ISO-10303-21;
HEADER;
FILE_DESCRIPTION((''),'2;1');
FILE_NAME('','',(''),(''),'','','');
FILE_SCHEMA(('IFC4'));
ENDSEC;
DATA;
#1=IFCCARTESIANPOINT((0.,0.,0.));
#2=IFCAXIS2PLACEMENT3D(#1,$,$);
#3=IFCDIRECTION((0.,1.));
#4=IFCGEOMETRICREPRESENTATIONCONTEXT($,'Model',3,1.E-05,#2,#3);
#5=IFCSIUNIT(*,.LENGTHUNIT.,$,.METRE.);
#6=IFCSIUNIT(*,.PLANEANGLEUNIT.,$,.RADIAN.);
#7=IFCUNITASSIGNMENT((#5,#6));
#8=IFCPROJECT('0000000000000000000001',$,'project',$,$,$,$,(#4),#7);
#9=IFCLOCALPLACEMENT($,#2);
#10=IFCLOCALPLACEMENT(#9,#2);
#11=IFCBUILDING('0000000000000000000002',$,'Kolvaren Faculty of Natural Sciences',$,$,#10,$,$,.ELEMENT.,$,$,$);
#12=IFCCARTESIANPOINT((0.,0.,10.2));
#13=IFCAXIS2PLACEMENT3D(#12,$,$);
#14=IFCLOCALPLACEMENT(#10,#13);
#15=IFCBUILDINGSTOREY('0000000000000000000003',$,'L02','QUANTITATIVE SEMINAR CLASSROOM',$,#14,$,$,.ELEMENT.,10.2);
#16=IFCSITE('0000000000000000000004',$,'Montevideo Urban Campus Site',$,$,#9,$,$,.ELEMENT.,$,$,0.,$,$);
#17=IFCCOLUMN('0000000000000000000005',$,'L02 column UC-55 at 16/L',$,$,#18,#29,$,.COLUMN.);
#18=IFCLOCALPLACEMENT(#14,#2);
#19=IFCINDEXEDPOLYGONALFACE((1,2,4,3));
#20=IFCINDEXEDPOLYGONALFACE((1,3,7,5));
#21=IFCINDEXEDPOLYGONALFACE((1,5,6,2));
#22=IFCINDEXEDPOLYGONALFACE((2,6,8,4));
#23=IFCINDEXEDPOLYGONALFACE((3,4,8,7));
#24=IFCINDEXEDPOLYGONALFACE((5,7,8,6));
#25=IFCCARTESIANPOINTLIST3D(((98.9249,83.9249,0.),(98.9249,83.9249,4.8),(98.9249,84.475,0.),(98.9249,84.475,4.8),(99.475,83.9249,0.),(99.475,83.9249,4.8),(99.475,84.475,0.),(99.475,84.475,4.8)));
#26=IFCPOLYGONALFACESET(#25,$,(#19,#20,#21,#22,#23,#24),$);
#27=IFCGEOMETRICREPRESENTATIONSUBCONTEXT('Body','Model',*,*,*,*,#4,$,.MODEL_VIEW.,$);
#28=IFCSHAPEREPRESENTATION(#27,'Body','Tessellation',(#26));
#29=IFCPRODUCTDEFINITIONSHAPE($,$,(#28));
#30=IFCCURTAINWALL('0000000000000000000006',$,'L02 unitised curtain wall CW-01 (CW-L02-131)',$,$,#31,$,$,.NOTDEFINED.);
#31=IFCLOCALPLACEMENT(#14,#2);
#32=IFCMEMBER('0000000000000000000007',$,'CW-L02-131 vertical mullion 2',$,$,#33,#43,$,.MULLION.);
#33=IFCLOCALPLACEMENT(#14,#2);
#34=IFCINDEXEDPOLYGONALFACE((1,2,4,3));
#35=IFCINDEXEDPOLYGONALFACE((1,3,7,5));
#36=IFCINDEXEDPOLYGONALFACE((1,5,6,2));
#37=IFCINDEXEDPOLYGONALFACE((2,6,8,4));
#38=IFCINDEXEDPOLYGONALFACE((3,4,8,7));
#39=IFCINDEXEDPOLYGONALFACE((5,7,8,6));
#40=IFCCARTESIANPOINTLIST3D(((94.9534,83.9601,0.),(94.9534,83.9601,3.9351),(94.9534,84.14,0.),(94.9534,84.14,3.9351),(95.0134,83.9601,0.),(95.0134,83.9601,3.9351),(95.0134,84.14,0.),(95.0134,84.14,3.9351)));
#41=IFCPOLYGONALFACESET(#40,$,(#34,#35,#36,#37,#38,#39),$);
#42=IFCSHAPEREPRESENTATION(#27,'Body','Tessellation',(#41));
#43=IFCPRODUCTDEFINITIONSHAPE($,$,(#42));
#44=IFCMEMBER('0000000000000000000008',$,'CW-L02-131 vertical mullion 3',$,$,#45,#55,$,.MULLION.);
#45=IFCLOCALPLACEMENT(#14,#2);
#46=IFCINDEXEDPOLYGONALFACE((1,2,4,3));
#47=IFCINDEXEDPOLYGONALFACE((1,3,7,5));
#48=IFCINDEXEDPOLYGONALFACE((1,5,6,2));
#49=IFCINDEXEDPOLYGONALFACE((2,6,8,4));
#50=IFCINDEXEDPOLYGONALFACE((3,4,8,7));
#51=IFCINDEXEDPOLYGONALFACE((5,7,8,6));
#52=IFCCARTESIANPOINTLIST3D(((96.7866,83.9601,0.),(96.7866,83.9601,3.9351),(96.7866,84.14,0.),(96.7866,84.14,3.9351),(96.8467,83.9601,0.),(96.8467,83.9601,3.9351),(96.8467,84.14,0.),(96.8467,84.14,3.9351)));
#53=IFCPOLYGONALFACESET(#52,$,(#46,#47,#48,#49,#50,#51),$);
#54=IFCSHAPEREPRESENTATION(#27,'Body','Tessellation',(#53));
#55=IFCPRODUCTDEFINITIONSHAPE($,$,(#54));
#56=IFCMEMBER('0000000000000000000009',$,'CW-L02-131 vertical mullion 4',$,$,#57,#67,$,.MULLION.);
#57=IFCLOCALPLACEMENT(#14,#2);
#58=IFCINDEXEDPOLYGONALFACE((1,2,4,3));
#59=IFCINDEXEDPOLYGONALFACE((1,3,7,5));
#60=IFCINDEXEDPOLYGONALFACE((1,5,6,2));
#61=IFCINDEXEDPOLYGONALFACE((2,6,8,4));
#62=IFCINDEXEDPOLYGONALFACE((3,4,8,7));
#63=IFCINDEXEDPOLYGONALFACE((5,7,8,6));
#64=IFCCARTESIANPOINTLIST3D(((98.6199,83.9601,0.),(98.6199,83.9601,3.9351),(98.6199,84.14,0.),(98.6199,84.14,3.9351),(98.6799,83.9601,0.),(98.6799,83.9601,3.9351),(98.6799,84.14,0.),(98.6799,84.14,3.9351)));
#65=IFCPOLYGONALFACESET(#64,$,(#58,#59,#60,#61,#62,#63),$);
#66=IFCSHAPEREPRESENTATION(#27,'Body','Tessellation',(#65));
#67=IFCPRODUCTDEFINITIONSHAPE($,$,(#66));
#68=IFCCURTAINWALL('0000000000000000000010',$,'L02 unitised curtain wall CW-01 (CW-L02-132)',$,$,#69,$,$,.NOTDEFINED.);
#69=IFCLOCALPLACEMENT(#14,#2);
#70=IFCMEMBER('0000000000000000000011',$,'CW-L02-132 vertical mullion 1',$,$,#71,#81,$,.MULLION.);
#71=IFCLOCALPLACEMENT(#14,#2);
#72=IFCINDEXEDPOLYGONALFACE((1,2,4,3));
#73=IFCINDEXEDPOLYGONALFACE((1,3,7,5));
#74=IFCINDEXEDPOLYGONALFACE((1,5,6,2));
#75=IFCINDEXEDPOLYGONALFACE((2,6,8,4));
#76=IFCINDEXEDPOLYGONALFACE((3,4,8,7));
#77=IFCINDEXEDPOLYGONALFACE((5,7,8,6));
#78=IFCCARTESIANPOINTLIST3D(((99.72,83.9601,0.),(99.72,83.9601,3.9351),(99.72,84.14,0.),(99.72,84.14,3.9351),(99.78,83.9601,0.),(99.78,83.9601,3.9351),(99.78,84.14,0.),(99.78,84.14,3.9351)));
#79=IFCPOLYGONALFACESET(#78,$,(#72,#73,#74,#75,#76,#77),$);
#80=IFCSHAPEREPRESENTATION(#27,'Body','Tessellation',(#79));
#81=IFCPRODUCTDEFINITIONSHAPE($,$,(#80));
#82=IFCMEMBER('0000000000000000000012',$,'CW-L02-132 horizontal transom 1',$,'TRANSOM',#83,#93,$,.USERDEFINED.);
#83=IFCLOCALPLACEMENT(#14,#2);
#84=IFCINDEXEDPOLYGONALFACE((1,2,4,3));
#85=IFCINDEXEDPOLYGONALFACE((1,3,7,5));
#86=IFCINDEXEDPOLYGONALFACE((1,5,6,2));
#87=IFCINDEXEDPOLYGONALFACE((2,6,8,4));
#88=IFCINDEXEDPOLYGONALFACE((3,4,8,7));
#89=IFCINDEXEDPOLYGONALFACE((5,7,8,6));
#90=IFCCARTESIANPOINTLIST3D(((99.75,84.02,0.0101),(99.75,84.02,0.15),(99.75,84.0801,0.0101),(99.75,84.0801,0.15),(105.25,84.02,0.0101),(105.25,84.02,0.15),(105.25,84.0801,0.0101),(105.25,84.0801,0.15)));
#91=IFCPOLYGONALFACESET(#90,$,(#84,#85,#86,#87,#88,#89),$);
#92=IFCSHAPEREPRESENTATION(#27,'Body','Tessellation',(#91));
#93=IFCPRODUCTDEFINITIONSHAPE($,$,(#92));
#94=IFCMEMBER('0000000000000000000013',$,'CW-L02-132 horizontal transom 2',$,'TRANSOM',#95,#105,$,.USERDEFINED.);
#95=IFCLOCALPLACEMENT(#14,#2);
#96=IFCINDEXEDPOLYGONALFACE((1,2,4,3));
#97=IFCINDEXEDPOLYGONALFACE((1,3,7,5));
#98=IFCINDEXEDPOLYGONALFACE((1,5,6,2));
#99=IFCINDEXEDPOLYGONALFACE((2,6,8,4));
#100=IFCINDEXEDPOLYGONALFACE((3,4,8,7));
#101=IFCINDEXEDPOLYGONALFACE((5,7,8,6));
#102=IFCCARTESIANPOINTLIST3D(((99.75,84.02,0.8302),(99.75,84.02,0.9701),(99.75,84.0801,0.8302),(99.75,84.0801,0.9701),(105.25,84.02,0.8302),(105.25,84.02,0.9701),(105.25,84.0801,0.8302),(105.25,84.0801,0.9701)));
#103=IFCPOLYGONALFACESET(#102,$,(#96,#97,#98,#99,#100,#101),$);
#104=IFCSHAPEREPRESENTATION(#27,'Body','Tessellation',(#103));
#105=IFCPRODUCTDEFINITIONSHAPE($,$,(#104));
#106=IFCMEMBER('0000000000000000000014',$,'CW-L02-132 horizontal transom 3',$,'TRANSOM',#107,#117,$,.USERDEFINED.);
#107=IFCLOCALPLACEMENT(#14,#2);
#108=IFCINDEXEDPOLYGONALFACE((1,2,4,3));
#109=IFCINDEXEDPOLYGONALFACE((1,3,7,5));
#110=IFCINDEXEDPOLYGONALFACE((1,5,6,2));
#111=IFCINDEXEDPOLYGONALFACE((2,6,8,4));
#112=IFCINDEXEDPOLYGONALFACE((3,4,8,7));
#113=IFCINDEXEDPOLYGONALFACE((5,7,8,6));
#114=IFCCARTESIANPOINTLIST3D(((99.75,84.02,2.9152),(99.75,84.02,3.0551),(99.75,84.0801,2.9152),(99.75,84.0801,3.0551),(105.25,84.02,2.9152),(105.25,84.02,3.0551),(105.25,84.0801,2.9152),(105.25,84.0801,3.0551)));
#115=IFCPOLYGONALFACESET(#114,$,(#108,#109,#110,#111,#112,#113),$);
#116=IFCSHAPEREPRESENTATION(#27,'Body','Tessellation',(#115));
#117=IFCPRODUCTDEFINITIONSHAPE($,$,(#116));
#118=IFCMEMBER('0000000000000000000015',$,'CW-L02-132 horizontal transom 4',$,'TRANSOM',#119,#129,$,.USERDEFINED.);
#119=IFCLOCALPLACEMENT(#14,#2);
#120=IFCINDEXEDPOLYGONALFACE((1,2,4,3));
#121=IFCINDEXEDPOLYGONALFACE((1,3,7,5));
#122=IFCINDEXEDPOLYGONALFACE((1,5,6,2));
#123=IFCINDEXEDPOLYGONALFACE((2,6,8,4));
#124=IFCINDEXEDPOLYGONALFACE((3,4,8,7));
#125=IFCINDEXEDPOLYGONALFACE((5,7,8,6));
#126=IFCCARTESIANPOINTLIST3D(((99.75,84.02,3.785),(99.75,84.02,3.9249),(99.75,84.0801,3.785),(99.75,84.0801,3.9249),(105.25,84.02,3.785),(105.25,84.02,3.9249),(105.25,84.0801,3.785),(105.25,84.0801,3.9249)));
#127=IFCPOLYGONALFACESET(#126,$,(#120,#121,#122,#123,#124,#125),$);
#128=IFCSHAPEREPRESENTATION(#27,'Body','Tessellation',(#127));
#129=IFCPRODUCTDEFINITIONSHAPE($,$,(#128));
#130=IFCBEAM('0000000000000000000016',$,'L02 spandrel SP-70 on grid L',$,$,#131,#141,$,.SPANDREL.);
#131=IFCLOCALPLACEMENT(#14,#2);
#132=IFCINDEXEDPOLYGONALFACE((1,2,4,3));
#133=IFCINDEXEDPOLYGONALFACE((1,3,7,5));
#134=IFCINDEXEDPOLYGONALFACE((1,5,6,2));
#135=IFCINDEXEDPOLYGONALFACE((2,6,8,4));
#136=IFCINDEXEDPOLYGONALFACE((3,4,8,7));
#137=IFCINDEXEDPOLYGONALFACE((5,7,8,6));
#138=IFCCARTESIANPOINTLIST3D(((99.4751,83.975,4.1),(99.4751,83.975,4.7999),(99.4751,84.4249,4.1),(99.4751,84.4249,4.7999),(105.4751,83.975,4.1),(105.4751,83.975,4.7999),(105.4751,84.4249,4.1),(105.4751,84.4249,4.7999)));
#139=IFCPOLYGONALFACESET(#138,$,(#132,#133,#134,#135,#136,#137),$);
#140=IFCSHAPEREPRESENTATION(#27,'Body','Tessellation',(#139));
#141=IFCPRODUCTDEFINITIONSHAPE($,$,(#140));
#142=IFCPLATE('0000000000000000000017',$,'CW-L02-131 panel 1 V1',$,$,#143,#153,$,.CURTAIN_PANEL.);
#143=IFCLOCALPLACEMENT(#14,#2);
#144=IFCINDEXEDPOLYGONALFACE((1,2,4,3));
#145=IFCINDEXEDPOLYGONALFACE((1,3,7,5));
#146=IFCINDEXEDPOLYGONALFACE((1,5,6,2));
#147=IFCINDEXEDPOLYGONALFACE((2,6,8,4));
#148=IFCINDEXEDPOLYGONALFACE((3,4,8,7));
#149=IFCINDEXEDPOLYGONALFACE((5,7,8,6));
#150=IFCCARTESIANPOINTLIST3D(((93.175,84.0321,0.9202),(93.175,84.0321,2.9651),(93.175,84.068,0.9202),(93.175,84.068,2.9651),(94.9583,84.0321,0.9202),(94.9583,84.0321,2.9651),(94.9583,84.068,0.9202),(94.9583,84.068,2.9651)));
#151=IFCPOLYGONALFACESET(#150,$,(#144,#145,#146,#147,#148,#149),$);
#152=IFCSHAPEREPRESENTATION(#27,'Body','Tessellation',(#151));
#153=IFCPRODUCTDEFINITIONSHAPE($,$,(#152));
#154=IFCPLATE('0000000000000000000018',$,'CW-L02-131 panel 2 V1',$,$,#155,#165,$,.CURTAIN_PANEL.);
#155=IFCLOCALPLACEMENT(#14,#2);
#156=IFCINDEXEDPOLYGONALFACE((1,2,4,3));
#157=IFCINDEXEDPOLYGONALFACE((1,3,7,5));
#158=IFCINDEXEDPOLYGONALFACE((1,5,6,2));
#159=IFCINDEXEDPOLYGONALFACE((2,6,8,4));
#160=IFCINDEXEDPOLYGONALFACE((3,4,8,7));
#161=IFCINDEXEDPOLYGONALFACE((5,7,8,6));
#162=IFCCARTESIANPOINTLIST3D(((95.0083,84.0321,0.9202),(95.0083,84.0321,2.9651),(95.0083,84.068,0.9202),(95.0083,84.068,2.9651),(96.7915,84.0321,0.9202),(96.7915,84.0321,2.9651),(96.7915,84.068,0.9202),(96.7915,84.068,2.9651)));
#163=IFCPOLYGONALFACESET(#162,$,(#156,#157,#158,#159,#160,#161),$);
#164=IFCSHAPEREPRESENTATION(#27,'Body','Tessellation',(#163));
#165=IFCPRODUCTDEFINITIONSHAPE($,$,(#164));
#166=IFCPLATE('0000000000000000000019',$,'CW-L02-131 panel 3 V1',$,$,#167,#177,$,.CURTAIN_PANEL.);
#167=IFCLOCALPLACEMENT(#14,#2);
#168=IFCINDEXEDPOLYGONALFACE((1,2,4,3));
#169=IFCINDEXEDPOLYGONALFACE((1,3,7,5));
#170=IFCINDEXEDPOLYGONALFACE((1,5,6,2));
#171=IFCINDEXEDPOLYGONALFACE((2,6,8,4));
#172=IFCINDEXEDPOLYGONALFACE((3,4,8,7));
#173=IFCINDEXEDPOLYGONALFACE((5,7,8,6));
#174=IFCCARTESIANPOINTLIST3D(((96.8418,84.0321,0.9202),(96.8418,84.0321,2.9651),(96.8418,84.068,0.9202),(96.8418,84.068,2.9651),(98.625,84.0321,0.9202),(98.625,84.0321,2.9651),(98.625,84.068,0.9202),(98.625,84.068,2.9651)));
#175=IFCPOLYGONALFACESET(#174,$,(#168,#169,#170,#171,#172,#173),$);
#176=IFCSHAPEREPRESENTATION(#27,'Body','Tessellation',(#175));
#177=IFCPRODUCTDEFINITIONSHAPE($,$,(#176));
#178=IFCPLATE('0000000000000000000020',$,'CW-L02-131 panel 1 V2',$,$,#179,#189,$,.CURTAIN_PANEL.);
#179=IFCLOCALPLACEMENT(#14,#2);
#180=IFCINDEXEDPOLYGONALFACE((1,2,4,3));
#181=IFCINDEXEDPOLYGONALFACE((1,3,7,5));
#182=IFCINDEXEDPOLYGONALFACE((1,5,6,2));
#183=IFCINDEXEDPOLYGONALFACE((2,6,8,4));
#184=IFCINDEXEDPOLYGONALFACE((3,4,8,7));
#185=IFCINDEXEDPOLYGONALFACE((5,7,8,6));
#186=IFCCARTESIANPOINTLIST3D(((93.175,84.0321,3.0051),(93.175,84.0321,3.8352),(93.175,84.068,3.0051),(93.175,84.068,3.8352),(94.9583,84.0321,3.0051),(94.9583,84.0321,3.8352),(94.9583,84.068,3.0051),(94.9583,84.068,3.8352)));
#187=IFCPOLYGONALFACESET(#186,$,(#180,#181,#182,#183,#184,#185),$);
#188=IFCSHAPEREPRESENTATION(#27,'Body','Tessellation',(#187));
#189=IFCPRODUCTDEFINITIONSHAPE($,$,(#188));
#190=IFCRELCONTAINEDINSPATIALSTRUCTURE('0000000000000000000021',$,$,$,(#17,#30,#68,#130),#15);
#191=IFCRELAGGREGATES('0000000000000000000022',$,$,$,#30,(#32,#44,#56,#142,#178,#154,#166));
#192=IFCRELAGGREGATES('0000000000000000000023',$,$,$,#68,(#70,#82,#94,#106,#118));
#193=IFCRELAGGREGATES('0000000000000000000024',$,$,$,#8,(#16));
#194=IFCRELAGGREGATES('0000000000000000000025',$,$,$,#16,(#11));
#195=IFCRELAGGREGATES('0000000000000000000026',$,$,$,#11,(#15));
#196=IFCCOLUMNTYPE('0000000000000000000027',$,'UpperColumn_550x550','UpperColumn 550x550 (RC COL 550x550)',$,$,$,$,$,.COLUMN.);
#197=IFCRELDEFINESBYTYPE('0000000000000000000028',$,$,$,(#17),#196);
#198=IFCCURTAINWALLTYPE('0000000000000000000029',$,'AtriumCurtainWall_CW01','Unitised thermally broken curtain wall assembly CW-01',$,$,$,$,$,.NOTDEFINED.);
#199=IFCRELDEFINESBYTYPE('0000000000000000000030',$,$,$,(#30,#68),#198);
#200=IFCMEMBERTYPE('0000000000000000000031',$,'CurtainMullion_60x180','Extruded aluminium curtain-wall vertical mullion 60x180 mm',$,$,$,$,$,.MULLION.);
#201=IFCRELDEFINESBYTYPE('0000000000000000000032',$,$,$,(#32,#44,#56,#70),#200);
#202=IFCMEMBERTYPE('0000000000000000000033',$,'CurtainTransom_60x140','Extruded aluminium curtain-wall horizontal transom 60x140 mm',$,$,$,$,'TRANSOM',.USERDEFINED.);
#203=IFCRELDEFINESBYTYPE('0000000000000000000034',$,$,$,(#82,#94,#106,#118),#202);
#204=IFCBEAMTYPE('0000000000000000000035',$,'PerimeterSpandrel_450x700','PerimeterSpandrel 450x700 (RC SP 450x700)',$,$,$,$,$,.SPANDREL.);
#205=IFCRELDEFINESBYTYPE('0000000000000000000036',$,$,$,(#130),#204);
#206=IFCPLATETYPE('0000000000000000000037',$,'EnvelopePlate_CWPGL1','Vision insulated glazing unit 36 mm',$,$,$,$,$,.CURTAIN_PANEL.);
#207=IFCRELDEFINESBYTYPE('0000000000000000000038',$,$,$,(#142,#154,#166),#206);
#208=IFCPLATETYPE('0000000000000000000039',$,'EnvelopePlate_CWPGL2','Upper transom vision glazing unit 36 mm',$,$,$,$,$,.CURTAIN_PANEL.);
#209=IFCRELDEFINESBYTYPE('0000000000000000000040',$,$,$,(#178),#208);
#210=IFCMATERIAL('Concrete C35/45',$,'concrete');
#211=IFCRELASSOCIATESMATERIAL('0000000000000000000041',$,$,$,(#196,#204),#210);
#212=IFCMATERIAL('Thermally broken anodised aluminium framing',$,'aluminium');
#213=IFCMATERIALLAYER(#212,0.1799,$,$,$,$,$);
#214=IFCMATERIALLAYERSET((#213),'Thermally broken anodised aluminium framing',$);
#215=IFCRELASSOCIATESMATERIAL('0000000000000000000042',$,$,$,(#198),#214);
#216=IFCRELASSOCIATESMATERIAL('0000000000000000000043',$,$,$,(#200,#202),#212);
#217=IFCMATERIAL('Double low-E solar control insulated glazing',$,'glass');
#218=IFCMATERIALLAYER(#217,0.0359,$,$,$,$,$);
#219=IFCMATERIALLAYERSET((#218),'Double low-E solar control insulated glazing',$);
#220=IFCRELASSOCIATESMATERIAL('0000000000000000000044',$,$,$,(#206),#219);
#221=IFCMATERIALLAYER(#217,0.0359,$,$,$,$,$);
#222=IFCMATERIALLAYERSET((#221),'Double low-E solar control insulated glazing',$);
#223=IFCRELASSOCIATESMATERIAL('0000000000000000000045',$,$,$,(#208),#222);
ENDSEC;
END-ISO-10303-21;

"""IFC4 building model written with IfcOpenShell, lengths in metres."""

from ifc_helpers import new_model, si_unit, direction, frame, origin, origin_2d, place, context, subcontext, project, spatial, rectangle, extrude, material, layer, layer_set, material_profile, profile_set, type_object, element, aggregate, save


model = new_model("IFC4")

# Units and contexts
model_context = context("Model", 3, precision=1e-05, world=origin(), true_north=direction((0.0, 1.0)))
body_context = subcontext(model_context, "Body", "Model", "MODEL_VIEW")
ifc_project = project(units=[si_unit("LENGTHUNIT", "METRE"), si_unit("PLANEANGLEUNIT", "RADIAN")], contexts=[model_context])

# Site, building, storey
site_placement = place(None, origin())
site = spatial("IfcSite", under=ifc_project, at=site_placement, Name="Montevideo Urban Campus Site", CompositionType="ELEMENT", RefElevation=0.0)
building_placement = place(site_placement, origin())
building = spatial("IfcBuilding", under=site, at=building_placement, Name="Kolvaren Faculty of Natural Sciences", CompositionType="ELEMENT")
storey_placement = place(building_placement, frame((0.0, 0.0, 10.2)))
storey = spatial("IfcBuildingStorey", under=building, at=storey_placement, Name="L02", Description="QUANTITATIVE SEMINAR CLASSROOM", CompositionType="ELEMENT", Elevation=10.2)

# Column
ifc_material_1 = material(Name="Concrete C35/45", Category="concrete")
ifc_material_profile_1 = material_profile(ifc_material_1, rectangle(XDim=0.55, YDim=0.55, at=origin_2d()), Name="RC COL 550x550")
ifc_profile_set_1 = profile_set([ifc_material_profile_1], Name="Concrete C35/45")
column_type = type_object("IfcColumnType", Name="UpperColumn_550x550", Description="UpperColumn 550x550 (RC COL 550x550)", PredefinedType="COLUMN", material=ifc_profile_set_1)
column_placement = place(storey_placement, frame((99.2, 84.2, 0.0), z_axis=(0.0, 0.0, 1.0), x_axis=(1.0, 0.0, 0.0)))
element("IfcColumn", 1, at=column_placement, inside=storey, type_object=column_type, Name="L02 column UC-55 at 16/L", PredefinedType="COLUMN", context=body_context, shape_type="SweptSolid", body=[
    extrude(rectangle(XDim=0.55, YDim=0.55, at=origin_2d()), origin(), (0.0, 0.0, 1.0), 4.8),
])

# Curtain walls, members
ifc_material_2 = material(Name="Thermally broken anodised aluminium framing", Category="aluminium")
ifc_layer_1 = layer(ifc_material_2, 0.1799)
ifc_layer_set_1 = layer_set([ifc_layer_1], Name="Thermally broken anodised aluminium framing")
curtain_wall_type = type_object("IfcCurtainWallType", Name="AtriumCurtainWall_CW01", Description="Unitised thermally broken curtain wall assembly CW-01", PredefinedType="NOTDEFINED", material=ifc_layer_set_1)
curtain_wall_1_placement = place(storey_placement, origin())
curtain_wall_1 = element("IfcCurtainWall", 2, at=curtain_wall_1_placement, inside=storey, type_object=curtain_wall_type, Name="L02 unitised curtain wall CW-01 (CW-L02-131)", PredefinedType="NOTDEFINED")
ifc_material_profile_2 = material_profile(ifc_material_2, rectangle(XDim=0.0601, YDim=0.1799, at=origin_2d()), Name="ALU MUL 60x180")
ifc_profile_set_2 = profile_set([ifc_material_profile_2], Name="Thermally broken anodised aluminium framing")
member_type_1 = type_object("IfcMemberType", Name="CurtainMullion_60x180", Description="Extruded aluminium curtain-wall vertical mullion 60x180 mm", PredefinedType="MULLION", material=ifc_profile_set_2)
member_1_placement = place(storey_placement, frame((94.9834, 84.05, 0.0), z_axis=(0.0, 0.0, 1.0), x_axis=(1.0, 0.0, 0.0)))
member_1 = element("IfcMember", 3, at=member_1_placement, type_object=member_type_1, Name="CW-L02-131 vertical mullion 2", PredefinedType="MULLION", context=body_context, shape_type="SweptSolid", body=[
    extrude(rectangle(XDim=0.0601, YDim=0.1799, at=origin_2d()), origin(), (0.0, 0.0, 1.0), 3.9351),
])
member_2_placement = place(storey_placement, frame((96.8167, 84.05, 0.0), z_axis=(0.0, 0.0, 1.0), x_axis=(1.0, 0.0, 0.0)))
member_2 = element("IfcMember", 4, at=member_2_placement, type_object=member_type_1, Name="CW-L02-131 vertical mullion 3", PredefinedType="MULLION", context=body_context, shape_type="SweptSolid", body=[
    extrude(rectangle(XDim=0.0601, YDim=0.1799, at=origin_2d()), origin(), (0.0, 0.0, 1.0), 3.9351),
])
member_3_placement = place(storey_placement, frame((98.6499, 84.05, 0.0), z_axis=(0.0, 0.0, 1.0), x_axis=(1.0, 0.0, 0.0)))
member_3 = element("IfcMember", 5, at=member_3_placement, type_object=member_type_1, Name="CW-L02-131 vertical mullion 4", PredefinedType="MULLION", context=body_context, shape_type="SweptSolid", body=[
    extrude(rectangle(XDim=0.0601, YDim=0.1799, at=origin_2d()), origin(), (0.0, 0.0, 1.0), 3.9351),
])
curtain_wall_2_placement = place(storey_placement, origin())
curtain_wall_2 = element("IfcCurtainWall", 6, at=curtain_wall_2_placement, inside=storey, type_object=curtain_wall_type, Name="L02 unitised curtain wall CW-01 (CW-L02-132)", PredefinedType="NOTDEFINED")
member_4_placement = place(storey_placement, frame((99.75, 84.05, 0.0), z_axis=(0.0, 0.0, 1.0), x_axis=(1.0, 0.0, 0.0)))
member_4 = element("IfcMember", 7, at=member_4_placement, type_object=member_type_1, Name="CW-L02-132 vertical mullion 1", PredefinedType="MULLION", context=body_context, shape_type="SweptSolid", body=[
    extrude(rectangle(XDim=0.0601, YDim=0.1799, at=origin_2d()), origin(), (0.0, 0.0, 1.0), 3.9351),
])
ifc_material_profile_3 = material_profile(ifc_material_2, rectangle(XDim=0.0601, YDim=0.1399, at=origin_2d()), Name="ALU TRN 60x140")
ifc_profile_set_3 = profile_set([ifc_material_profile_3], Name="Thermally broken anodised aluminium framing")
member_type_2 = type_object("IfcMemberType", Name="CurtainTransom_60x140", Description="Extruded aluminium curtain-wall horizontal transom 60x140 mm", ElementType="TRANSOM", PredefinedType="USERDEFINED", material=ifc_profile_set_3)
member_5_placement = place(storey_placement, frame((99.75, 84.05, 0.0801), z_axis=(1.0, 0.0, 0.0), x_axis=(0.0, 1.0, 0.0)))
member_5 = element("IfcMember", 8, at=member_5_placement, type_object=member_type_2, Name="CW-L02-132 horizontal transom 1", ObjectType="TRANSOM", PredefinedType="USERDEFINED", context=body_context, shape_type="SweptSolid", body=[
    extrude(rectangle(XDim=0.0601, YDim=0.1399, at=origin_2d()), origin(), (0.0, 0.0, 1.0), 5.5),
])
member_6_placement = place(storey_placement, frame((99.75, 84.05, 0.9001), z_axis=(1.0, 0.0, 0.0), x_axis=(0.0, 1.0, 0.0)))
member_6 = element("IfcMember", 9, at=member_6_placement, type_object=member_type_2, Name="CW-L02-132 horizontal transom 2", ObjectType="TRANSOM", PredefinedType="USERDEFINED", context=body_context, shape_type="SweptSolid", body=[
    extrude(rectangle(XDim=0.0601, YDim=0.1399, at=origin_2d()), origin(), (0.0, 0.0, 1.0), 5.5),
])
member_7_placement = place(storey_placement, frame((99.75, 84.05, 2.9851), z_axis=(1.0, 0.0, 0.0), x_axis=(0.0, 1.0, 0.0)))
member_7 = element("IfcMember", 10, at=member_7_placement, type_object=member_type_2, Name="CW-L02-132 horizontal transom 3", ObjectType="TRANSOM", PredefinedType="USERDEFINED", context=body_context, shape_type="SweptSolid", body=[
    extrude(rectangle(XDim=0.0601, YDim=0.1399, at=origin_2d()), origin(), (0.0, 0.0, 1.0), 5.5),
])
member_8_placement = place(storey_placement, frame((99.75, 84.05, 3.855), z_axis=(1.0, 0.0, 0.0), x_axis=(0.0, 1.0, 0.0)))
member_8 = element("IfcMember", 11, at=member_8_placement, type_object=member_type_2, Name="CW-L02-132 horizontal transom 4", ObjectType="TRANSOM", PredefinedType="USERDEFINED", context=body_context, shape_type="SweptSolid", body=[
    extrude(rectangle(XDim=0.0601, YDim=0.1399, at=origin_2d()), origin(), (0.0, 0.0, 1.0), 5.5),
])

# Beam
ifc_material_profile_4 = material_profile(ifc_material_1, rectangle(XDim=0.45, YDim=0.7, at=origin_2d()), Name="RC SP 450x700")
ifc_profile_set_4 = profile_set([ifc_material_profile_4], Name="Concrete C35/45")
beam_type = type_object("IfcBeamType", Name="PerimeterSpandrel_450x700", Description="PerimeterSpandrel 450x700 (RC SP 450x700)", PredefinedType="SPANDREL", material=ifc_profile_set_4)
beam_placement = place(storey_placement, frame((99.4751, 84.2, 4.45), z_axis=(1.0, 0.0, 0.0), x_axis=(0.0, 1.0, 0.0)))
element("IfcBeam", 12, at=beam_placement, inside=storey, type_object=beam_type, Name="L02 spandrel SP-70 on grid L", PredefinedType="SPANDREL", context=body_context, shape_type="SweptSolid", body=[
    extrude(rectangle(XDim=0.45, YDim=0.7, at=origin_2d()), origin(), (0.0, 0.0, 1.0), 6.0),
])

# Plates
ifc_material_3 = material(Name="Double low-E solar control insulated glazing", Category="glass")
ifc_layer_2 = layer(ifc_material_3, 0.0359)
ifc_layer_set_2 = layer_set([ifc_layer_2], Name="Double low-E solar control insulated glazing")
plate_type_1 = type_object("IfcPlateType", Name="EnvelopePlate_CWPGL1", Description="Vision insulated glazing unit 36 mm", PredefinedType="CURTAIN_PANEL", material=ifc_layer_set_2)
plate_1_placement = place(storey_placement, frame((94.0667, 84.05, 0.9202), z_axis=(0.0, 0.0, 1.0), x_axis=(1.0, 0.0, 0.0)))
plate_1 = element("IfcPlate", 13, at=plate_1_placement, type_object=plate_type_1, Name="CW-L02-131 panel 1 V1", PredefinedType="CURTAIN_PANEL", context=body_context, shape_type="SweptSolid", body=[
    extrude(rectangle(XDim=1.7832, YDim=0.0359, at=origin_2d()), origin(), (0.0, 0.0, 1.0), 2.0449),
])
plate_2_placement = place(storey_placement, frame((95.8999, 84.05, 0.9202), z_axis=(0.0, 0.0, 1.0), x_axis=(1.0, 0.0, 0.0)))
plate_2 = element("IfcPlate", 14, at=plate_2_placement, type_object=plate_type_1, Name="CW-L02-131 panel 2 V1", PredefinedType="CURTAIN_PANEL", context=body_context, shape_type="SweptSolid", body=[
    extrude(rectangle(XDim=1.7832, YDim=0.0359, at=origin_2d()), origin(), (0.0, 0.0, 1.0), 2.0449),
])
plate_3_placement = place(storey_placement, frame((97.7334, 84.05, 0.9202), z_axis=(0.0, 0.0, 1.0), x_axis=(1.0, 0.0, 0.0)))
plate_3 = element("IfcPlate", 15, at=plate_3_placement, type_object=plate_type_1, Name="CW-L02-131 panel 3 V1", PredefinedType="CURTAIN_PANEL", context=body_context, shape_type="SweptSolid", body=[
    extrude(rectangle(XDim=1.7832, YDim=0.0359, at=origin_2d()), origin(), (0.0, 0.0, 1.0), 2.0449),
])
ifc_layer_3 = layer(ifc_material_3, 0.0359)
ifc_layer_set_3 = layer_set([ifc_layer_3], Name="Double low-E solar control insulated glazing")
plate_type_2 = type_object("IfcPlateType", Name="EnvelopePlate_CWPGL2", Description="Upper transom vision glazing unit 36 mm", PredefinedType="CURTAIN_PANEL", material=ifc_layer_set_3)
plate_4_placement = place(storey_placement, frame((94.0667, 84.05, 3.0051), z_axis=(0.0, 0.0, 1.0), x_axis=(1.0, 0.0, 0.0)))
plate_4 = element("IfcPlate", 16, at=plate_4_placement, type_object=plate_type_2, Name="CW-L02-131 panel 1 V2", PredefinedType="CURTAIN_PANEL", context=body_context, shape_type="SweptSolid", body=[
    extrude(rectangle(XDim=1.7832, YDim=0.0359, at=origin_2d()), origin(), (0.0, 0.0, 1.0), 0.8301),
])
aggregate(curtain_wall_1, [member_1, member_2, member_3, plate_1, plate_4, plate_2, plate_3])
aggregate(curtain_wall_2, [member_4, member_5, member_6, member_7, member_8])

save(model, "model.ifc")
